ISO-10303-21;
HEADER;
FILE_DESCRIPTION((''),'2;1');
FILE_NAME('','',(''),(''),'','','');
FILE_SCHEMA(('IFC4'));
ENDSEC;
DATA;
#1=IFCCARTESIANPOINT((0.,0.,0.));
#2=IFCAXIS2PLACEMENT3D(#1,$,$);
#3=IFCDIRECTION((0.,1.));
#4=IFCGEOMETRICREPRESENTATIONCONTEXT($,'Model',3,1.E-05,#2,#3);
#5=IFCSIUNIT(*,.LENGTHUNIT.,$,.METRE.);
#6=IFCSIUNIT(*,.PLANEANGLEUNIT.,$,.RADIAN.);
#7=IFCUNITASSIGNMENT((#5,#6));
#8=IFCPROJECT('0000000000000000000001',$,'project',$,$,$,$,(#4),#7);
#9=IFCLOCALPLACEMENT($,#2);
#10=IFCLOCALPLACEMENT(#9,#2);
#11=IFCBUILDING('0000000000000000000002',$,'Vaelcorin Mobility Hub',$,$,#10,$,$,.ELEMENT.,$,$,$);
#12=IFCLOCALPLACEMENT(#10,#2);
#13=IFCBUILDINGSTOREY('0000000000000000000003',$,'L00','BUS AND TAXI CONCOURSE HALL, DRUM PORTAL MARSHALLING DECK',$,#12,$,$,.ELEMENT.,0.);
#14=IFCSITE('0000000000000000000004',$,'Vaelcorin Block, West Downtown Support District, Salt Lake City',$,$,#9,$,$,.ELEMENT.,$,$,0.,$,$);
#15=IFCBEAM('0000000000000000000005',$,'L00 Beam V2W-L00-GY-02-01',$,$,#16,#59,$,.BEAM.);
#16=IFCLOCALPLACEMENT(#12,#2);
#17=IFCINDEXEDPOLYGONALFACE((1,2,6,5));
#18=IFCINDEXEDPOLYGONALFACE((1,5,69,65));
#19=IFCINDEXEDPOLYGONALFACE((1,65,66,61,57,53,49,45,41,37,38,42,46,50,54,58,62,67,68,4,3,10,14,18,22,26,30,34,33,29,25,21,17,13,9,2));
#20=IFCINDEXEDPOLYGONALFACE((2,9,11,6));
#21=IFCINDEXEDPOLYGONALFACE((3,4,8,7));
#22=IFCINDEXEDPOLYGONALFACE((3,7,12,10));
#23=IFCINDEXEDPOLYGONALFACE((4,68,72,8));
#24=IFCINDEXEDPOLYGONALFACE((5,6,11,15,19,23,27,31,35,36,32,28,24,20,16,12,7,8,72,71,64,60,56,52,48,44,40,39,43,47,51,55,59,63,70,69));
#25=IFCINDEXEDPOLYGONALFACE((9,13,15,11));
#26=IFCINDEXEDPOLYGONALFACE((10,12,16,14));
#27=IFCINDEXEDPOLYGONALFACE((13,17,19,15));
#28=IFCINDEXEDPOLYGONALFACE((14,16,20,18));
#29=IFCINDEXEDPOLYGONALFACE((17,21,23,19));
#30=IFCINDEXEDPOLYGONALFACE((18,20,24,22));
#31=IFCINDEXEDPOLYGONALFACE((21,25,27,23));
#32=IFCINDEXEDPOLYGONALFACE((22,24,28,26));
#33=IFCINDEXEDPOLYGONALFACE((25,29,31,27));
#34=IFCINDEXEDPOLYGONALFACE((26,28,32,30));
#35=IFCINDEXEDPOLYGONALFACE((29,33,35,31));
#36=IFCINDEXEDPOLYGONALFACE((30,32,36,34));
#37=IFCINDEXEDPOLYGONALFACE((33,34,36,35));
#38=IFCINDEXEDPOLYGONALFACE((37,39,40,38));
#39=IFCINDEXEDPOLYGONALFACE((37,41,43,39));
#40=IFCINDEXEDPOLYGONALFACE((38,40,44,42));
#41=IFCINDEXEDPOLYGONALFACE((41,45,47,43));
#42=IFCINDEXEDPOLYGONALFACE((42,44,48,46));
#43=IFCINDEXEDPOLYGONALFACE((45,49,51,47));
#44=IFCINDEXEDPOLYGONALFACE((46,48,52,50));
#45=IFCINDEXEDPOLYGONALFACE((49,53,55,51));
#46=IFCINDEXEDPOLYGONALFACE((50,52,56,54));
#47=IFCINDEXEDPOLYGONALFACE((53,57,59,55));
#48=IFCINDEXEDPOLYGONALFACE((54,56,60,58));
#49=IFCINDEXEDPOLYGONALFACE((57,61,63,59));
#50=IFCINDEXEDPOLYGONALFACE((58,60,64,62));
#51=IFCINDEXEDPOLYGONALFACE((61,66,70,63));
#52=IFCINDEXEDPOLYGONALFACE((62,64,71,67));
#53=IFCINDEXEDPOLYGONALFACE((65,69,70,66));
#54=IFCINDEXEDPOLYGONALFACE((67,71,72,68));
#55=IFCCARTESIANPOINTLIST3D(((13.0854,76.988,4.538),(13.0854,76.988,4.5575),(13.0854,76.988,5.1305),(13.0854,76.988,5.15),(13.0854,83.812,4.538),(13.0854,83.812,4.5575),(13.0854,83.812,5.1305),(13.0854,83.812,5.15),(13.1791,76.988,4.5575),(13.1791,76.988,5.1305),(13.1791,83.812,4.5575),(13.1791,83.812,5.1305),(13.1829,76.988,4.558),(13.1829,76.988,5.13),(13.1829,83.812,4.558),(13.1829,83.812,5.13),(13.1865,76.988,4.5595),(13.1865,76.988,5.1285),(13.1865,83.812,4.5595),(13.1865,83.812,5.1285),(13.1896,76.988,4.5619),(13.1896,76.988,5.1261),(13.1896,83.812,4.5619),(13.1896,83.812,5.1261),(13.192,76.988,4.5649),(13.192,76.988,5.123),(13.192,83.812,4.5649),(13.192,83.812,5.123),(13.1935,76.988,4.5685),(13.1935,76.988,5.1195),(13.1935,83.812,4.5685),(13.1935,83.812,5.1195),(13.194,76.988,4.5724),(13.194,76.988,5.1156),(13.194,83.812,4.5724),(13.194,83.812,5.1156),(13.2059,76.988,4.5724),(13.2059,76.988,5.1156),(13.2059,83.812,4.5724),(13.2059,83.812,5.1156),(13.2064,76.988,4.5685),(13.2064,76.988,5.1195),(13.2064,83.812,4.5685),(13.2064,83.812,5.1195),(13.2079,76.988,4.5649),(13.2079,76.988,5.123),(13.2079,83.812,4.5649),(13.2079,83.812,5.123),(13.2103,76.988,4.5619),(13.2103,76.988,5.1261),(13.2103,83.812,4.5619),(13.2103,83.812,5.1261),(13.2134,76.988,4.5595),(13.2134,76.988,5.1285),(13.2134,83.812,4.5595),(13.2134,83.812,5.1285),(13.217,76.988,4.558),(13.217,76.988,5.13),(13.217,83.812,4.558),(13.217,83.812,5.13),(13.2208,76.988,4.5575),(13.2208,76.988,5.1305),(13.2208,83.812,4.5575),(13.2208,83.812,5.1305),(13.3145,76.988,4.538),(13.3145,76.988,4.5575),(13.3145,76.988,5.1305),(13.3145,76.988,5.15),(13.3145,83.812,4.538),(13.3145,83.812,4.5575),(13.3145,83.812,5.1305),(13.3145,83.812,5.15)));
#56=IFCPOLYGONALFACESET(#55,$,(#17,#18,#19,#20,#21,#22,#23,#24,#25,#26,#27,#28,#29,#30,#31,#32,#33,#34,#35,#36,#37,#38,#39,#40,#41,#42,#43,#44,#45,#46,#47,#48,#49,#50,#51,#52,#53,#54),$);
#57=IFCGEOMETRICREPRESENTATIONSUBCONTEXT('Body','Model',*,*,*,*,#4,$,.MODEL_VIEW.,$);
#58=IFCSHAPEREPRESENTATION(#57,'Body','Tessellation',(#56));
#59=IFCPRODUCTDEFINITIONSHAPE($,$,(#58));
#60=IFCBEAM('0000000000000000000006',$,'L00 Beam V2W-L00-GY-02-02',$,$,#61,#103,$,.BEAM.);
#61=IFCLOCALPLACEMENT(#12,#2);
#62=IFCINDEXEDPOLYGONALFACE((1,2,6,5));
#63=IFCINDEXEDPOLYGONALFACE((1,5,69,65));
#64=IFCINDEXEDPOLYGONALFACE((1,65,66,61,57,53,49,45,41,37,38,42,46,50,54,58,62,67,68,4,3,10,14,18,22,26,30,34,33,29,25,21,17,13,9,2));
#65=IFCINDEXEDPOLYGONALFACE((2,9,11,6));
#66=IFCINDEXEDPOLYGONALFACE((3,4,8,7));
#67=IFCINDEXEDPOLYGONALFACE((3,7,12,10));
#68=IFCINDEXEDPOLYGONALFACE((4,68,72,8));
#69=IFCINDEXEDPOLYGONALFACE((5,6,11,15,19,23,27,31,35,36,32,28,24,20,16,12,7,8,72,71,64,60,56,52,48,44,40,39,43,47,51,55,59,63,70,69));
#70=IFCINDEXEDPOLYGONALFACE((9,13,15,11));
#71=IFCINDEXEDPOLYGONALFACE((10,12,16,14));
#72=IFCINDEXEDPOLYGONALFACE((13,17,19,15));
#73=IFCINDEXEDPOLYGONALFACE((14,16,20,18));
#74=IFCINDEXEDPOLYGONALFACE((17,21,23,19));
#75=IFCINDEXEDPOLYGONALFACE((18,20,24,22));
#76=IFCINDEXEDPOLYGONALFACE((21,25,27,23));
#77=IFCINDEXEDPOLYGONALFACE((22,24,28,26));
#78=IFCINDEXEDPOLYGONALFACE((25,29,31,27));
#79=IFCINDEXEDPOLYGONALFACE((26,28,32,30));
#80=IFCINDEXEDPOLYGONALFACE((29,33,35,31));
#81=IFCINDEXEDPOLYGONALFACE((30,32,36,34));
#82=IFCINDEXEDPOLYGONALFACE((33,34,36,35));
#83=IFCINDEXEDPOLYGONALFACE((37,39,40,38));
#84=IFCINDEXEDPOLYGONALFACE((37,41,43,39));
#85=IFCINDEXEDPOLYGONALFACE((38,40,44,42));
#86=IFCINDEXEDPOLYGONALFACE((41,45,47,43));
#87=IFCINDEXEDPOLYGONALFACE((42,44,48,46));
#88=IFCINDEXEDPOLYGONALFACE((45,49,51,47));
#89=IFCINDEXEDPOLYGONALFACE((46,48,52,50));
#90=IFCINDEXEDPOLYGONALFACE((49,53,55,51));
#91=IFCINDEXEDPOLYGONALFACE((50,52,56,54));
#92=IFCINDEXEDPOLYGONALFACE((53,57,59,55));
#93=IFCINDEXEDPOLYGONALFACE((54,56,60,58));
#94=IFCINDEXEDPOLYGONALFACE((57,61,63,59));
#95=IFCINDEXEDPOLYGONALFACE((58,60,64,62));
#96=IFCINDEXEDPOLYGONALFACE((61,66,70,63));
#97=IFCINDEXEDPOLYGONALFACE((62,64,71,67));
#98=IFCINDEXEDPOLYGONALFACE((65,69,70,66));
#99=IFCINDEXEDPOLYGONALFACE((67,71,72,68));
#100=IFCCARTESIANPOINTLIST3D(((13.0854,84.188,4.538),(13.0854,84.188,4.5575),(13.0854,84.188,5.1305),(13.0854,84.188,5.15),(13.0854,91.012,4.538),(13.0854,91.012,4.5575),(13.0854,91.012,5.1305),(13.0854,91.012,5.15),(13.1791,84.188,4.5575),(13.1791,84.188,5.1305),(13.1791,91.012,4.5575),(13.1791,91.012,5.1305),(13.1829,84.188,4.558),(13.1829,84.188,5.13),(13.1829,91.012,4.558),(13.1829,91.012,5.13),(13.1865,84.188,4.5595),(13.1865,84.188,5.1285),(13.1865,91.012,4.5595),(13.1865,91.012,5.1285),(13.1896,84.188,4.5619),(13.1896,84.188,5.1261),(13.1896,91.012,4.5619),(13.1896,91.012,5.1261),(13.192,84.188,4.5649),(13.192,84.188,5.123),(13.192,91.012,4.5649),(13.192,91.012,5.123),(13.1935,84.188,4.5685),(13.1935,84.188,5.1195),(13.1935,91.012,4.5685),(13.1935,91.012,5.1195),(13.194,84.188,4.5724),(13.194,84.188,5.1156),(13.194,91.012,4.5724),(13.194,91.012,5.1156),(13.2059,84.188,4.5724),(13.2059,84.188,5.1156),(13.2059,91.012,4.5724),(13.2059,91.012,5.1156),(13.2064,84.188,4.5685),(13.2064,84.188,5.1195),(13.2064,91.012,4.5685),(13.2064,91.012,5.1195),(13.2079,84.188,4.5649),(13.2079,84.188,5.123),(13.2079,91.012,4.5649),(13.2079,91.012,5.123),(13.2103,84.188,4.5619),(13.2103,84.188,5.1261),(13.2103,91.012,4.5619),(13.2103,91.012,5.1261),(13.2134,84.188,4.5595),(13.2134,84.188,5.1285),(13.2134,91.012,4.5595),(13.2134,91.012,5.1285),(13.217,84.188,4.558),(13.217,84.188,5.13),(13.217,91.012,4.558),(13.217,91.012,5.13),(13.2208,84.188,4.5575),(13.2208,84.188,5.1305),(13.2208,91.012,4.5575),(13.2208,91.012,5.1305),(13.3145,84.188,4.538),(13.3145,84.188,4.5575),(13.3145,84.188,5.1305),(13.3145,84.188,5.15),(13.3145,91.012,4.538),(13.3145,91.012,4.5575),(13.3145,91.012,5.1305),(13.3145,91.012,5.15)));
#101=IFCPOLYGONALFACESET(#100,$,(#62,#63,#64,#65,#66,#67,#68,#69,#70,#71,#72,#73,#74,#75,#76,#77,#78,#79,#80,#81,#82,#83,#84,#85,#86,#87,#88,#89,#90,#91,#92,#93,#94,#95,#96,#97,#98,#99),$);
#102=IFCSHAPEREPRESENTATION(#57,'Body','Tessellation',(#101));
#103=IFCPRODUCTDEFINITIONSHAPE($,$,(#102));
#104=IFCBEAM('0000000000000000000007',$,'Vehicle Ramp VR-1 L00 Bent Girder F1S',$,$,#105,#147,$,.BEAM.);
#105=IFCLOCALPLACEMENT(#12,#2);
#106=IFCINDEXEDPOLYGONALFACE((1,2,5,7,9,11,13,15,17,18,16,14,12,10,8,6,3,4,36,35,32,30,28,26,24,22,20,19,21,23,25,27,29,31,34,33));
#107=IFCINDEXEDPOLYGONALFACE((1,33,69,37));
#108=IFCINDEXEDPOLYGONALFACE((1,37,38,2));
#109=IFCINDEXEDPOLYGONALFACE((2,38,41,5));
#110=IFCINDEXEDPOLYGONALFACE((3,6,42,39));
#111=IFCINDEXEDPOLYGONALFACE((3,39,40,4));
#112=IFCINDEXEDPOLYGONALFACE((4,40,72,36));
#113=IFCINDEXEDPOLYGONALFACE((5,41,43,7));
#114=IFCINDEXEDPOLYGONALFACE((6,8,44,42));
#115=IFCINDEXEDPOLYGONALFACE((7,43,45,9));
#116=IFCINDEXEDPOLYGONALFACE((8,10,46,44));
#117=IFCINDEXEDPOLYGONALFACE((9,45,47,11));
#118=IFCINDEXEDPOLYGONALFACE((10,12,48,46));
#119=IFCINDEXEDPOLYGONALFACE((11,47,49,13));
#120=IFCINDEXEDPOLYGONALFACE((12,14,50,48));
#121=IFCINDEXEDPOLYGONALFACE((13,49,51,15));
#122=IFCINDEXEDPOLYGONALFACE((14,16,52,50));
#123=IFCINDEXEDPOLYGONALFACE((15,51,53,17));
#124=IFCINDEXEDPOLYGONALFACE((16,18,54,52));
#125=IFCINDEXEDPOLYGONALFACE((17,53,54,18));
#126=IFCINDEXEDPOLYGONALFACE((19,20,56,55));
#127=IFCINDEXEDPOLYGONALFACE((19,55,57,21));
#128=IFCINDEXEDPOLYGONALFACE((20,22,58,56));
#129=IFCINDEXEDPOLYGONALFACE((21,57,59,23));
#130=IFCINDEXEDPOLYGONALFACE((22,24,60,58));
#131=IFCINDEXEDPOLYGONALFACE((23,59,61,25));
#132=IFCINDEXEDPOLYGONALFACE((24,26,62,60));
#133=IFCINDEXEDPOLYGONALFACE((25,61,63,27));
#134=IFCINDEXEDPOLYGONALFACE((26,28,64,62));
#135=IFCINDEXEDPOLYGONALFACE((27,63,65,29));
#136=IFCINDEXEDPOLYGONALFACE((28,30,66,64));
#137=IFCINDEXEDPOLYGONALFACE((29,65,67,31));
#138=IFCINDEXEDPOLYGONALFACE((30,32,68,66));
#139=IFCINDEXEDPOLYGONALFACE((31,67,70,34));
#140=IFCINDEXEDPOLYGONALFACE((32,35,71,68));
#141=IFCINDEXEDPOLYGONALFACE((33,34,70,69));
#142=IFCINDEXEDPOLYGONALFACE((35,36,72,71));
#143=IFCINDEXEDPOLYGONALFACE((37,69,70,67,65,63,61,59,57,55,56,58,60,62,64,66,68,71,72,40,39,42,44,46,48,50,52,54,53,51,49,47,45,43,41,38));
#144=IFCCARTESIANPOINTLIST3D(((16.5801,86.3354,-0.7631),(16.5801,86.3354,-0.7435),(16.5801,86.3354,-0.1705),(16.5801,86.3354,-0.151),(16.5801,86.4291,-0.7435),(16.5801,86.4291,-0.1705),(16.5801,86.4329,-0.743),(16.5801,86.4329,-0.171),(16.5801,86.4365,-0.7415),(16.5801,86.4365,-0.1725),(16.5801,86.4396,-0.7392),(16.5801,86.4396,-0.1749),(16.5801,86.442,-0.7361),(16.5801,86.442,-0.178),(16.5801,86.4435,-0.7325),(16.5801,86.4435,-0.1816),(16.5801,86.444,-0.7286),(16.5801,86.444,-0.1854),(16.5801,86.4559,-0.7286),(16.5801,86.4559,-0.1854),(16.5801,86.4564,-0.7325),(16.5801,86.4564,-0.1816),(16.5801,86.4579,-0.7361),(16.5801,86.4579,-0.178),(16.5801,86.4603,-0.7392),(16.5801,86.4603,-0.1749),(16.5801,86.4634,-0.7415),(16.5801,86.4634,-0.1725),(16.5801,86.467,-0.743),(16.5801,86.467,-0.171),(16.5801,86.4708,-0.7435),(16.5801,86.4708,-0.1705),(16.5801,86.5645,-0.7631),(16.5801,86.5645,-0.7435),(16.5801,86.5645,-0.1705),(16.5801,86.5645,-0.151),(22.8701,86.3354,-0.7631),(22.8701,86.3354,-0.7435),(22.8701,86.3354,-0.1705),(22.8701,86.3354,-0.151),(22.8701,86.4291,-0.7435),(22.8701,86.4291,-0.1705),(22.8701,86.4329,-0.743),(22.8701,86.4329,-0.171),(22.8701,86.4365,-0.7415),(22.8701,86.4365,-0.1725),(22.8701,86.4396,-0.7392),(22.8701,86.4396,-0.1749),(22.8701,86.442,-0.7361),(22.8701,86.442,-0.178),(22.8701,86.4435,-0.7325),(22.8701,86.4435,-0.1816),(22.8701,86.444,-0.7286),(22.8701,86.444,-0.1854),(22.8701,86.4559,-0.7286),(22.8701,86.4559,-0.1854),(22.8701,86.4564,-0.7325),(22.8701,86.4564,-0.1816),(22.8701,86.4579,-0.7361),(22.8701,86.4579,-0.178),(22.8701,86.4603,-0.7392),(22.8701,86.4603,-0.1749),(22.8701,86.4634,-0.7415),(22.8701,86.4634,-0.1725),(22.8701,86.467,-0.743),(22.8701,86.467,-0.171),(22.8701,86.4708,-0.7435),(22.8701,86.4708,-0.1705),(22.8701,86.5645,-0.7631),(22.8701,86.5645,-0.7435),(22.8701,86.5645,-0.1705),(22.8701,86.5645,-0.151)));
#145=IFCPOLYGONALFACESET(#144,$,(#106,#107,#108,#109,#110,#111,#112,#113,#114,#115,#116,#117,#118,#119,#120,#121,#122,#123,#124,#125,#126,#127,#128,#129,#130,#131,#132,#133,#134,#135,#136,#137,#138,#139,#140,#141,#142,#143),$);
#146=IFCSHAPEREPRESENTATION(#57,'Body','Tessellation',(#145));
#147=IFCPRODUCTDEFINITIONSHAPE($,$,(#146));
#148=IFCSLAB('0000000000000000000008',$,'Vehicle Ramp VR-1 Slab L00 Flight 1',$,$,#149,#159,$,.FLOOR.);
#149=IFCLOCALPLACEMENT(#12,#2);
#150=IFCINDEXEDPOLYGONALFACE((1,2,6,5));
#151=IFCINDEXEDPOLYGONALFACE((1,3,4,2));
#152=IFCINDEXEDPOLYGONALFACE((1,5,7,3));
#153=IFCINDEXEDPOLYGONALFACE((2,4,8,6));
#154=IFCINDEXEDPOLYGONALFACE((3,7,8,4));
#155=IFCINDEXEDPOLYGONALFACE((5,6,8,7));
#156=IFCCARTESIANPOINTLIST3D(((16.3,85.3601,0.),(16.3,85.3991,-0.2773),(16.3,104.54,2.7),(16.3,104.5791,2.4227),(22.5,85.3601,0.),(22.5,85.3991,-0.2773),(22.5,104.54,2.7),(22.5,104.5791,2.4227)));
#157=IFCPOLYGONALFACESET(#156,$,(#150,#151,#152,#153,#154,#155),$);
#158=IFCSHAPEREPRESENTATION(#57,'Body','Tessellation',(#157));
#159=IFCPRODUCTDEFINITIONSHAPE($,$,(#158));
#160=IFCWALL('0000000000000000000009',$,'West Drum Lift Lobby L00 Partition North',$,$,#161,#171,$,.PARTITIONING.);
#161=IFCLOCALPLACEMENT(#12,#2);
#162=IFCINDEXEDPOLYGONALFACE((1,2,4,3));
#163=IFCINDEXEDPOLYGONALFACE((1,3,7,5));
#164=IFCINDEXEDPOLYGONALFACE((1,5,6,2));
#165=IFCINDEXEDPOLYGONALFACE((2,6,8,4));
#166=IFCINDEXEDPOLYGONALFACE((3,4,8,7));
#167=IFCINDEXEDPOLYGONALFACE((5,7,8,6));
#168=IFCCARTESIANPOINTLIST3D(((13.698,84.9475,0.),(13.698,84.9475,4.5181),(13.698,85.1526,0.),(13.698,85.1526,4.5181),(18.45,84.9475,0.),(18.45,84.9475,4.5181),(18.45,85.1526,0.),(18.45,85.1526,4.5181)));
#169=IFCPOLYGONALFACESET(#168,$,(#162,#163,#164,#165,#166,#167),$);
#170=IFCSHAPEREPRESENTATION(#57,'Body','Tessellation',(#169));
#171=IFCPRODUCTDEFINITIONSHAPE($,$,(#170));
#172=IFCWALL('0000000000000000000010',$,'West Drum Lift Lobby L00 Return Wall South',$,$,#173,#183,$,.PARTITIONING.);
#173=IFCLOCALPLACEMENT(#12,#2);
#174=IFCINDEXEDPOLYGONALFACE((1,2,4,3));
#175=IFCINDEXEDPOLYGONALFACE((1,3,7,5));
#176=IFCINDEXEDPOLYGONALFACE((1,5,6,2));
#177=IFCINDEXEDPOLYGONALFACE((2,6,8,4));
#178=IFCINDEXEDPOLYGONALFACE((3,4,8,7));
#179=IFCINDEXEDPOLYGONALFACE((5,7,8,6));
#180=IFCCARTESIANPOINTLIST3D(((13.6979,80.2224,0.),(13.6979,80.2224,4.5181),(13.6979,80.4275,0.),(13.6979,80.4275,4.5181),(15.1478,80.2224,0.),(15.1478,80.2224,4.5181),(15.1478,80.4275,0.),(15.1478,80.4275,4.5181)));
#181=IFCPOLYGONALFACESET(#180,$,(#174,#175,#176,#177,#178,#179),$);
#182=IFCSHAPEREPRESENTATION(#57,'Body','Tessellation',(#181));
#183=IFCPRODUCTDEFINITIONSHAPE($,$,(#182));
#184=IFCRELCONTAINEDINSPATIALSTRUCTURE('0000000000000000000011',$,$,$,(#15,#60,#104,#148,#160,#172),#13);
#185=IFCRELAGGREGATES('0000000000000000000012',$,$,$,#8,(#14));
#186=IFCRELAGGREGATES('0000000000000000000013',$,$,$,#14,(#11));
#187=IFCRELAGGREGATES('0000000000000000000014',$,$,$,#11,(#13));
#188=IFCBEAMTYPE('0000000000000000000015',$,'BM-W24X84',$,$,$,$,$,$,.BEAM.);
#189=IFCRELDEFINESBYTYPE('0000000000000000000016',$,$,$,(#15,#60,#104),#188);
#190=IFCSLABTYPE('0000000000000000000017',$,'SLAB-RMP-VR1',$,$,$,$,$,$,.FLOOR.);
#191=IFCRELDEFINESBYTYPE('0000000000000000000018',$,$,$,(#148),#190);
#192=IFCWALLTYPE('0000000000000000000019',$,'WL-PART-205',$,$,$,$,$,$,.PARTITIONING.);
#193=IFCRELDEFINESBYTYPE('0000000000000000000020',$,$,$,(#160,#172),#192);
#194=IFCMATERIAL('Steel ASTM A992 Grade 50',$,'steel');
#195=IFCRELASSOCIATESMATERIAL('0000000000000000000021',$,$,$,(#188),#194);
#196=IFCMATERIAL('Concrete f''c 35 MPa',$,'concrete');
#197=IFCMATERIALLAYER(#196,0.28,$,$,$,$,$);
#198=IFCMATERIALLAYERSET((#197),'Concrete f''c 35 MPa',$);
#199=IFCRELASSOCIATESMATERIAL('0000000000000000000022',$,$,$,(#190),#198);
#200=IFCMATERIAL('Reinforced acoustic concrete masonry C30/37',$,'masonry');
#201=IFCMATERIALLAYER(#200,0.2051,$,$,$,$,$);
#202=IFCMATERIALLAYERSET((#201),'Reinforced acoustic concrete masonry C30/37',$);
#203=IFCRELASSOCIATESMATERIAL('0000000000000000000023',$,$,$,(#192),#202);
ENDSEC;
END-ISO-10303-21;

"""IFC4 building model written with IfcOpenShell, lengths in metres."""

from ifc_helpers import new_model, si_unit, direction, frame, frame_2d, origin, origin_2d, place, context, subcontext, project, spatial, polyline, rectangle, i_section, outline, extrude, material, layer, layer_set, material_profile, profile_set, type_object, element, save


model = new_model("IFC4")

# Units and contexts
model_context = context("Model", 3, precision=1e-05, world=origin(), true_north=direction((0.0, 1.0)))
body_context = subcontext(model_context, "Body", "Model", "MODEL_VIEW")
ifc_project = project(units=[si_unit("LENGTHUNIT", "METRE"), si_unit("PLANEANGLEUNIT", "RADIAN")], contexts=[model_context])

# Site, building, storey
site_placement = place(None, origin())
site = spatial("IfcSite", under=ifc_project, at=site_placement, Name="Vaelcorin Block, West Downtown Support District, Salt Lake City", CompositionType="ELEMENT", RefElevation=0.0)
building_placement = place(site_placement, origin())
building = spatial("IfcBuilding", under=site, at=building_placement, Name="Vaelcorin Mobility Hub", CompositionType="ELEMENT")
storey_placement = place(building_placement, origin())
storey = spatial("IfcBuildingStorey", under=building, at=storey_placement, Name="L00", Description="BUS AND TAXI CONCOURSE HALL, DRUM PORTAL MARSHALLING DECK", CompositionType="ELEMENT", Elevation=0.0)

# Shared definitions
ifc_material_1 = material(Name="Steel ASTM A992 Grade 50", Category="steel")

# Beams
ifc_material_profile_1 = material_profile(ifc_material_1, i_section(OverallWidth=0.229, OverallDepth=0.6121, WebThickness=0.012, FlangeThickness=0.0195, FilletRadius=0.0149, at=origin_2d()), Name="W24X84")
ifc_profile_set_1 = profile_set([ifc_material_profile_1], Name="Steel ASTM A992 Grade 50")
beam_type_1 = type_object("IfcBeamType", Name="BM-W24X84", PredefinedType="BEAM", material=ifc_profile_set_1)
for number, where, z_axis, x_axis, name in (
    (1, (13.2, 76.988, 4.844), (0.0, 1.0, 0.0), (-1.0, 0.0, 0.0), "L00 Beam V2W-L00-GY-02-01"),
    (2, (13.2, 84.188, 4.844), (0.0, 1.0, 0.0), (-1.0, 0.0, 0.0), "L00 Beam V2W-L00-GY-02-02"),
):
    element("IfcBeam", number, at=place(storey_placement, frame(where, z_axis=z_axis, x_axis=x_axis)), inside=storey, type_object=beam_type_1, Name=name, PredefinedType="BEAM", context=body_context, shape_type="SweptSolid", body=[
        extrude(i_section(OverallWidth=0.229, OverallDepth=0.6121, WebThickness=0.012, FlangeThickness=0.0195, FilletRadius=0.0149, at=origin_2d()), origin(), (0.0, 0.0, 1.0), 6.824),
    ])
beam_1_placement = place(storey_placement, frame((16.5801, 86.45, -0.457), z_axis=(1.0, 0.0, 0.0), x_axis=(0.0, 1.0, 0.0)))
element("IfcBeam", 3, at=beam_1_placement, inside=storey, type_object=beam_type_1, Name="Vehicle Ramp VR-1 L00 Bent Girder F1S", PredefinedType="BEAM", context=body_context, shape_type="SweptSolid", body=[
    extrude(i_section(OverallWidth=0.229, OverallDepth=0.6121, WebThickness=0.012, FlangeThickness=0.0195, FilletRadius=0.0149, at=origin_2d()), origin(), (0.0, 0.0, 1.0), 6.29),
])

# Slab
ifc_material_2 = material(Name="Concrete f'c 35 MPa", Category="concrete")
ifc_layer_1 = layer(ifc_material_2, 0.28)
ifc_layer_set_1 = layer_set([ifc_layer_1], Name="Concrete f'c 35 MPa")
slab_type = type_object("IfcSlabType", Name="SLAB-RMP-VR1", PredefinedType="FLOOR", material=ifc_layer_set_1)
slab_placement = place(storey_placement, frame((16.3, 85.3601, 0.0), z_axis=(0.0, -0.139395, 0.990237), x_axis=(1.0, 0.0, 0.0)))
element("IfcSlab", 4, at=slab_placement, inside=storey, type_object=slab_type, Name="Vehicle Ramp VR-1 Slab L00 Flight 1", PredefinedType="FLOOR", context=body_context, shape_type="SweptSolid", body=[
    extrude(outline(polyline([(0.0, 0.0), (6.2, 0.0), (6.2, 19.369), (0.0, 19.369), (0.0, 0.0)])), origin(), (0.0, 0.0, -1.0), 0.28),
])

# Walls
ifc_material_3 = material(Name="Reinforced acoustic concrete masonry C30/37", Category="masonry")
ifc_layer_2 = layer(ifc_material_3, 0.2051)
ifc_layer_set_2 = layer_set([ifc_layer_2], Name="Reinforced acoustic concrete masonry C30/37")
wall_type_1 = type_object("IfcWallType", Name="WL-PART-205", PredefinedType="PARTITIONING", material=ifc_layer_set_2)
wall_1_placement = place(storey_placement, frame((13.698, 85.05, 0.0), z_axis=(0.0, 0.0, 1.0), x_axis=(1.0, 0.0, 0.0)))
element("IfcWall", 5, at=wall_1_placement, inside=storey, type_object=wall_type_1, Name="West Drum Lift Lobby L00 Partition North", PredefinedType="PARTITIONING", context=body_context, shape_type="SweptSolid", body=[
    extrude(rectangle(XDim=4.752, YDim=0.2051, at=frame_2d((2.376, 0.0))), origin(), (0.0, 0.0, 1.0), 4.5181),
])
wall_2_placement = place(storey_placement, frame((15.1479, 80.325, 0.0), z_axis=(0.0, 0.0, 1.0), x_axis=(-1.0, 0.0, 0.0)))
element("IfcWall", 6, at=wall_2_placement, inside=storey, type_object=wall_type_1, Name="West Drum Lift Lobby L00 Return Wall South", PredefinedType="PARTITIONING", context=body_context, shape_type="SweptSolid", body=[
    extrude(rectangle(XDim=1.45, YDim=0.2051, at=frame_2d((0.7251, 0.0))), origin(), (0.0, 0.0, 1.0), 4.5181),
])

save(model, "model.ifc")
